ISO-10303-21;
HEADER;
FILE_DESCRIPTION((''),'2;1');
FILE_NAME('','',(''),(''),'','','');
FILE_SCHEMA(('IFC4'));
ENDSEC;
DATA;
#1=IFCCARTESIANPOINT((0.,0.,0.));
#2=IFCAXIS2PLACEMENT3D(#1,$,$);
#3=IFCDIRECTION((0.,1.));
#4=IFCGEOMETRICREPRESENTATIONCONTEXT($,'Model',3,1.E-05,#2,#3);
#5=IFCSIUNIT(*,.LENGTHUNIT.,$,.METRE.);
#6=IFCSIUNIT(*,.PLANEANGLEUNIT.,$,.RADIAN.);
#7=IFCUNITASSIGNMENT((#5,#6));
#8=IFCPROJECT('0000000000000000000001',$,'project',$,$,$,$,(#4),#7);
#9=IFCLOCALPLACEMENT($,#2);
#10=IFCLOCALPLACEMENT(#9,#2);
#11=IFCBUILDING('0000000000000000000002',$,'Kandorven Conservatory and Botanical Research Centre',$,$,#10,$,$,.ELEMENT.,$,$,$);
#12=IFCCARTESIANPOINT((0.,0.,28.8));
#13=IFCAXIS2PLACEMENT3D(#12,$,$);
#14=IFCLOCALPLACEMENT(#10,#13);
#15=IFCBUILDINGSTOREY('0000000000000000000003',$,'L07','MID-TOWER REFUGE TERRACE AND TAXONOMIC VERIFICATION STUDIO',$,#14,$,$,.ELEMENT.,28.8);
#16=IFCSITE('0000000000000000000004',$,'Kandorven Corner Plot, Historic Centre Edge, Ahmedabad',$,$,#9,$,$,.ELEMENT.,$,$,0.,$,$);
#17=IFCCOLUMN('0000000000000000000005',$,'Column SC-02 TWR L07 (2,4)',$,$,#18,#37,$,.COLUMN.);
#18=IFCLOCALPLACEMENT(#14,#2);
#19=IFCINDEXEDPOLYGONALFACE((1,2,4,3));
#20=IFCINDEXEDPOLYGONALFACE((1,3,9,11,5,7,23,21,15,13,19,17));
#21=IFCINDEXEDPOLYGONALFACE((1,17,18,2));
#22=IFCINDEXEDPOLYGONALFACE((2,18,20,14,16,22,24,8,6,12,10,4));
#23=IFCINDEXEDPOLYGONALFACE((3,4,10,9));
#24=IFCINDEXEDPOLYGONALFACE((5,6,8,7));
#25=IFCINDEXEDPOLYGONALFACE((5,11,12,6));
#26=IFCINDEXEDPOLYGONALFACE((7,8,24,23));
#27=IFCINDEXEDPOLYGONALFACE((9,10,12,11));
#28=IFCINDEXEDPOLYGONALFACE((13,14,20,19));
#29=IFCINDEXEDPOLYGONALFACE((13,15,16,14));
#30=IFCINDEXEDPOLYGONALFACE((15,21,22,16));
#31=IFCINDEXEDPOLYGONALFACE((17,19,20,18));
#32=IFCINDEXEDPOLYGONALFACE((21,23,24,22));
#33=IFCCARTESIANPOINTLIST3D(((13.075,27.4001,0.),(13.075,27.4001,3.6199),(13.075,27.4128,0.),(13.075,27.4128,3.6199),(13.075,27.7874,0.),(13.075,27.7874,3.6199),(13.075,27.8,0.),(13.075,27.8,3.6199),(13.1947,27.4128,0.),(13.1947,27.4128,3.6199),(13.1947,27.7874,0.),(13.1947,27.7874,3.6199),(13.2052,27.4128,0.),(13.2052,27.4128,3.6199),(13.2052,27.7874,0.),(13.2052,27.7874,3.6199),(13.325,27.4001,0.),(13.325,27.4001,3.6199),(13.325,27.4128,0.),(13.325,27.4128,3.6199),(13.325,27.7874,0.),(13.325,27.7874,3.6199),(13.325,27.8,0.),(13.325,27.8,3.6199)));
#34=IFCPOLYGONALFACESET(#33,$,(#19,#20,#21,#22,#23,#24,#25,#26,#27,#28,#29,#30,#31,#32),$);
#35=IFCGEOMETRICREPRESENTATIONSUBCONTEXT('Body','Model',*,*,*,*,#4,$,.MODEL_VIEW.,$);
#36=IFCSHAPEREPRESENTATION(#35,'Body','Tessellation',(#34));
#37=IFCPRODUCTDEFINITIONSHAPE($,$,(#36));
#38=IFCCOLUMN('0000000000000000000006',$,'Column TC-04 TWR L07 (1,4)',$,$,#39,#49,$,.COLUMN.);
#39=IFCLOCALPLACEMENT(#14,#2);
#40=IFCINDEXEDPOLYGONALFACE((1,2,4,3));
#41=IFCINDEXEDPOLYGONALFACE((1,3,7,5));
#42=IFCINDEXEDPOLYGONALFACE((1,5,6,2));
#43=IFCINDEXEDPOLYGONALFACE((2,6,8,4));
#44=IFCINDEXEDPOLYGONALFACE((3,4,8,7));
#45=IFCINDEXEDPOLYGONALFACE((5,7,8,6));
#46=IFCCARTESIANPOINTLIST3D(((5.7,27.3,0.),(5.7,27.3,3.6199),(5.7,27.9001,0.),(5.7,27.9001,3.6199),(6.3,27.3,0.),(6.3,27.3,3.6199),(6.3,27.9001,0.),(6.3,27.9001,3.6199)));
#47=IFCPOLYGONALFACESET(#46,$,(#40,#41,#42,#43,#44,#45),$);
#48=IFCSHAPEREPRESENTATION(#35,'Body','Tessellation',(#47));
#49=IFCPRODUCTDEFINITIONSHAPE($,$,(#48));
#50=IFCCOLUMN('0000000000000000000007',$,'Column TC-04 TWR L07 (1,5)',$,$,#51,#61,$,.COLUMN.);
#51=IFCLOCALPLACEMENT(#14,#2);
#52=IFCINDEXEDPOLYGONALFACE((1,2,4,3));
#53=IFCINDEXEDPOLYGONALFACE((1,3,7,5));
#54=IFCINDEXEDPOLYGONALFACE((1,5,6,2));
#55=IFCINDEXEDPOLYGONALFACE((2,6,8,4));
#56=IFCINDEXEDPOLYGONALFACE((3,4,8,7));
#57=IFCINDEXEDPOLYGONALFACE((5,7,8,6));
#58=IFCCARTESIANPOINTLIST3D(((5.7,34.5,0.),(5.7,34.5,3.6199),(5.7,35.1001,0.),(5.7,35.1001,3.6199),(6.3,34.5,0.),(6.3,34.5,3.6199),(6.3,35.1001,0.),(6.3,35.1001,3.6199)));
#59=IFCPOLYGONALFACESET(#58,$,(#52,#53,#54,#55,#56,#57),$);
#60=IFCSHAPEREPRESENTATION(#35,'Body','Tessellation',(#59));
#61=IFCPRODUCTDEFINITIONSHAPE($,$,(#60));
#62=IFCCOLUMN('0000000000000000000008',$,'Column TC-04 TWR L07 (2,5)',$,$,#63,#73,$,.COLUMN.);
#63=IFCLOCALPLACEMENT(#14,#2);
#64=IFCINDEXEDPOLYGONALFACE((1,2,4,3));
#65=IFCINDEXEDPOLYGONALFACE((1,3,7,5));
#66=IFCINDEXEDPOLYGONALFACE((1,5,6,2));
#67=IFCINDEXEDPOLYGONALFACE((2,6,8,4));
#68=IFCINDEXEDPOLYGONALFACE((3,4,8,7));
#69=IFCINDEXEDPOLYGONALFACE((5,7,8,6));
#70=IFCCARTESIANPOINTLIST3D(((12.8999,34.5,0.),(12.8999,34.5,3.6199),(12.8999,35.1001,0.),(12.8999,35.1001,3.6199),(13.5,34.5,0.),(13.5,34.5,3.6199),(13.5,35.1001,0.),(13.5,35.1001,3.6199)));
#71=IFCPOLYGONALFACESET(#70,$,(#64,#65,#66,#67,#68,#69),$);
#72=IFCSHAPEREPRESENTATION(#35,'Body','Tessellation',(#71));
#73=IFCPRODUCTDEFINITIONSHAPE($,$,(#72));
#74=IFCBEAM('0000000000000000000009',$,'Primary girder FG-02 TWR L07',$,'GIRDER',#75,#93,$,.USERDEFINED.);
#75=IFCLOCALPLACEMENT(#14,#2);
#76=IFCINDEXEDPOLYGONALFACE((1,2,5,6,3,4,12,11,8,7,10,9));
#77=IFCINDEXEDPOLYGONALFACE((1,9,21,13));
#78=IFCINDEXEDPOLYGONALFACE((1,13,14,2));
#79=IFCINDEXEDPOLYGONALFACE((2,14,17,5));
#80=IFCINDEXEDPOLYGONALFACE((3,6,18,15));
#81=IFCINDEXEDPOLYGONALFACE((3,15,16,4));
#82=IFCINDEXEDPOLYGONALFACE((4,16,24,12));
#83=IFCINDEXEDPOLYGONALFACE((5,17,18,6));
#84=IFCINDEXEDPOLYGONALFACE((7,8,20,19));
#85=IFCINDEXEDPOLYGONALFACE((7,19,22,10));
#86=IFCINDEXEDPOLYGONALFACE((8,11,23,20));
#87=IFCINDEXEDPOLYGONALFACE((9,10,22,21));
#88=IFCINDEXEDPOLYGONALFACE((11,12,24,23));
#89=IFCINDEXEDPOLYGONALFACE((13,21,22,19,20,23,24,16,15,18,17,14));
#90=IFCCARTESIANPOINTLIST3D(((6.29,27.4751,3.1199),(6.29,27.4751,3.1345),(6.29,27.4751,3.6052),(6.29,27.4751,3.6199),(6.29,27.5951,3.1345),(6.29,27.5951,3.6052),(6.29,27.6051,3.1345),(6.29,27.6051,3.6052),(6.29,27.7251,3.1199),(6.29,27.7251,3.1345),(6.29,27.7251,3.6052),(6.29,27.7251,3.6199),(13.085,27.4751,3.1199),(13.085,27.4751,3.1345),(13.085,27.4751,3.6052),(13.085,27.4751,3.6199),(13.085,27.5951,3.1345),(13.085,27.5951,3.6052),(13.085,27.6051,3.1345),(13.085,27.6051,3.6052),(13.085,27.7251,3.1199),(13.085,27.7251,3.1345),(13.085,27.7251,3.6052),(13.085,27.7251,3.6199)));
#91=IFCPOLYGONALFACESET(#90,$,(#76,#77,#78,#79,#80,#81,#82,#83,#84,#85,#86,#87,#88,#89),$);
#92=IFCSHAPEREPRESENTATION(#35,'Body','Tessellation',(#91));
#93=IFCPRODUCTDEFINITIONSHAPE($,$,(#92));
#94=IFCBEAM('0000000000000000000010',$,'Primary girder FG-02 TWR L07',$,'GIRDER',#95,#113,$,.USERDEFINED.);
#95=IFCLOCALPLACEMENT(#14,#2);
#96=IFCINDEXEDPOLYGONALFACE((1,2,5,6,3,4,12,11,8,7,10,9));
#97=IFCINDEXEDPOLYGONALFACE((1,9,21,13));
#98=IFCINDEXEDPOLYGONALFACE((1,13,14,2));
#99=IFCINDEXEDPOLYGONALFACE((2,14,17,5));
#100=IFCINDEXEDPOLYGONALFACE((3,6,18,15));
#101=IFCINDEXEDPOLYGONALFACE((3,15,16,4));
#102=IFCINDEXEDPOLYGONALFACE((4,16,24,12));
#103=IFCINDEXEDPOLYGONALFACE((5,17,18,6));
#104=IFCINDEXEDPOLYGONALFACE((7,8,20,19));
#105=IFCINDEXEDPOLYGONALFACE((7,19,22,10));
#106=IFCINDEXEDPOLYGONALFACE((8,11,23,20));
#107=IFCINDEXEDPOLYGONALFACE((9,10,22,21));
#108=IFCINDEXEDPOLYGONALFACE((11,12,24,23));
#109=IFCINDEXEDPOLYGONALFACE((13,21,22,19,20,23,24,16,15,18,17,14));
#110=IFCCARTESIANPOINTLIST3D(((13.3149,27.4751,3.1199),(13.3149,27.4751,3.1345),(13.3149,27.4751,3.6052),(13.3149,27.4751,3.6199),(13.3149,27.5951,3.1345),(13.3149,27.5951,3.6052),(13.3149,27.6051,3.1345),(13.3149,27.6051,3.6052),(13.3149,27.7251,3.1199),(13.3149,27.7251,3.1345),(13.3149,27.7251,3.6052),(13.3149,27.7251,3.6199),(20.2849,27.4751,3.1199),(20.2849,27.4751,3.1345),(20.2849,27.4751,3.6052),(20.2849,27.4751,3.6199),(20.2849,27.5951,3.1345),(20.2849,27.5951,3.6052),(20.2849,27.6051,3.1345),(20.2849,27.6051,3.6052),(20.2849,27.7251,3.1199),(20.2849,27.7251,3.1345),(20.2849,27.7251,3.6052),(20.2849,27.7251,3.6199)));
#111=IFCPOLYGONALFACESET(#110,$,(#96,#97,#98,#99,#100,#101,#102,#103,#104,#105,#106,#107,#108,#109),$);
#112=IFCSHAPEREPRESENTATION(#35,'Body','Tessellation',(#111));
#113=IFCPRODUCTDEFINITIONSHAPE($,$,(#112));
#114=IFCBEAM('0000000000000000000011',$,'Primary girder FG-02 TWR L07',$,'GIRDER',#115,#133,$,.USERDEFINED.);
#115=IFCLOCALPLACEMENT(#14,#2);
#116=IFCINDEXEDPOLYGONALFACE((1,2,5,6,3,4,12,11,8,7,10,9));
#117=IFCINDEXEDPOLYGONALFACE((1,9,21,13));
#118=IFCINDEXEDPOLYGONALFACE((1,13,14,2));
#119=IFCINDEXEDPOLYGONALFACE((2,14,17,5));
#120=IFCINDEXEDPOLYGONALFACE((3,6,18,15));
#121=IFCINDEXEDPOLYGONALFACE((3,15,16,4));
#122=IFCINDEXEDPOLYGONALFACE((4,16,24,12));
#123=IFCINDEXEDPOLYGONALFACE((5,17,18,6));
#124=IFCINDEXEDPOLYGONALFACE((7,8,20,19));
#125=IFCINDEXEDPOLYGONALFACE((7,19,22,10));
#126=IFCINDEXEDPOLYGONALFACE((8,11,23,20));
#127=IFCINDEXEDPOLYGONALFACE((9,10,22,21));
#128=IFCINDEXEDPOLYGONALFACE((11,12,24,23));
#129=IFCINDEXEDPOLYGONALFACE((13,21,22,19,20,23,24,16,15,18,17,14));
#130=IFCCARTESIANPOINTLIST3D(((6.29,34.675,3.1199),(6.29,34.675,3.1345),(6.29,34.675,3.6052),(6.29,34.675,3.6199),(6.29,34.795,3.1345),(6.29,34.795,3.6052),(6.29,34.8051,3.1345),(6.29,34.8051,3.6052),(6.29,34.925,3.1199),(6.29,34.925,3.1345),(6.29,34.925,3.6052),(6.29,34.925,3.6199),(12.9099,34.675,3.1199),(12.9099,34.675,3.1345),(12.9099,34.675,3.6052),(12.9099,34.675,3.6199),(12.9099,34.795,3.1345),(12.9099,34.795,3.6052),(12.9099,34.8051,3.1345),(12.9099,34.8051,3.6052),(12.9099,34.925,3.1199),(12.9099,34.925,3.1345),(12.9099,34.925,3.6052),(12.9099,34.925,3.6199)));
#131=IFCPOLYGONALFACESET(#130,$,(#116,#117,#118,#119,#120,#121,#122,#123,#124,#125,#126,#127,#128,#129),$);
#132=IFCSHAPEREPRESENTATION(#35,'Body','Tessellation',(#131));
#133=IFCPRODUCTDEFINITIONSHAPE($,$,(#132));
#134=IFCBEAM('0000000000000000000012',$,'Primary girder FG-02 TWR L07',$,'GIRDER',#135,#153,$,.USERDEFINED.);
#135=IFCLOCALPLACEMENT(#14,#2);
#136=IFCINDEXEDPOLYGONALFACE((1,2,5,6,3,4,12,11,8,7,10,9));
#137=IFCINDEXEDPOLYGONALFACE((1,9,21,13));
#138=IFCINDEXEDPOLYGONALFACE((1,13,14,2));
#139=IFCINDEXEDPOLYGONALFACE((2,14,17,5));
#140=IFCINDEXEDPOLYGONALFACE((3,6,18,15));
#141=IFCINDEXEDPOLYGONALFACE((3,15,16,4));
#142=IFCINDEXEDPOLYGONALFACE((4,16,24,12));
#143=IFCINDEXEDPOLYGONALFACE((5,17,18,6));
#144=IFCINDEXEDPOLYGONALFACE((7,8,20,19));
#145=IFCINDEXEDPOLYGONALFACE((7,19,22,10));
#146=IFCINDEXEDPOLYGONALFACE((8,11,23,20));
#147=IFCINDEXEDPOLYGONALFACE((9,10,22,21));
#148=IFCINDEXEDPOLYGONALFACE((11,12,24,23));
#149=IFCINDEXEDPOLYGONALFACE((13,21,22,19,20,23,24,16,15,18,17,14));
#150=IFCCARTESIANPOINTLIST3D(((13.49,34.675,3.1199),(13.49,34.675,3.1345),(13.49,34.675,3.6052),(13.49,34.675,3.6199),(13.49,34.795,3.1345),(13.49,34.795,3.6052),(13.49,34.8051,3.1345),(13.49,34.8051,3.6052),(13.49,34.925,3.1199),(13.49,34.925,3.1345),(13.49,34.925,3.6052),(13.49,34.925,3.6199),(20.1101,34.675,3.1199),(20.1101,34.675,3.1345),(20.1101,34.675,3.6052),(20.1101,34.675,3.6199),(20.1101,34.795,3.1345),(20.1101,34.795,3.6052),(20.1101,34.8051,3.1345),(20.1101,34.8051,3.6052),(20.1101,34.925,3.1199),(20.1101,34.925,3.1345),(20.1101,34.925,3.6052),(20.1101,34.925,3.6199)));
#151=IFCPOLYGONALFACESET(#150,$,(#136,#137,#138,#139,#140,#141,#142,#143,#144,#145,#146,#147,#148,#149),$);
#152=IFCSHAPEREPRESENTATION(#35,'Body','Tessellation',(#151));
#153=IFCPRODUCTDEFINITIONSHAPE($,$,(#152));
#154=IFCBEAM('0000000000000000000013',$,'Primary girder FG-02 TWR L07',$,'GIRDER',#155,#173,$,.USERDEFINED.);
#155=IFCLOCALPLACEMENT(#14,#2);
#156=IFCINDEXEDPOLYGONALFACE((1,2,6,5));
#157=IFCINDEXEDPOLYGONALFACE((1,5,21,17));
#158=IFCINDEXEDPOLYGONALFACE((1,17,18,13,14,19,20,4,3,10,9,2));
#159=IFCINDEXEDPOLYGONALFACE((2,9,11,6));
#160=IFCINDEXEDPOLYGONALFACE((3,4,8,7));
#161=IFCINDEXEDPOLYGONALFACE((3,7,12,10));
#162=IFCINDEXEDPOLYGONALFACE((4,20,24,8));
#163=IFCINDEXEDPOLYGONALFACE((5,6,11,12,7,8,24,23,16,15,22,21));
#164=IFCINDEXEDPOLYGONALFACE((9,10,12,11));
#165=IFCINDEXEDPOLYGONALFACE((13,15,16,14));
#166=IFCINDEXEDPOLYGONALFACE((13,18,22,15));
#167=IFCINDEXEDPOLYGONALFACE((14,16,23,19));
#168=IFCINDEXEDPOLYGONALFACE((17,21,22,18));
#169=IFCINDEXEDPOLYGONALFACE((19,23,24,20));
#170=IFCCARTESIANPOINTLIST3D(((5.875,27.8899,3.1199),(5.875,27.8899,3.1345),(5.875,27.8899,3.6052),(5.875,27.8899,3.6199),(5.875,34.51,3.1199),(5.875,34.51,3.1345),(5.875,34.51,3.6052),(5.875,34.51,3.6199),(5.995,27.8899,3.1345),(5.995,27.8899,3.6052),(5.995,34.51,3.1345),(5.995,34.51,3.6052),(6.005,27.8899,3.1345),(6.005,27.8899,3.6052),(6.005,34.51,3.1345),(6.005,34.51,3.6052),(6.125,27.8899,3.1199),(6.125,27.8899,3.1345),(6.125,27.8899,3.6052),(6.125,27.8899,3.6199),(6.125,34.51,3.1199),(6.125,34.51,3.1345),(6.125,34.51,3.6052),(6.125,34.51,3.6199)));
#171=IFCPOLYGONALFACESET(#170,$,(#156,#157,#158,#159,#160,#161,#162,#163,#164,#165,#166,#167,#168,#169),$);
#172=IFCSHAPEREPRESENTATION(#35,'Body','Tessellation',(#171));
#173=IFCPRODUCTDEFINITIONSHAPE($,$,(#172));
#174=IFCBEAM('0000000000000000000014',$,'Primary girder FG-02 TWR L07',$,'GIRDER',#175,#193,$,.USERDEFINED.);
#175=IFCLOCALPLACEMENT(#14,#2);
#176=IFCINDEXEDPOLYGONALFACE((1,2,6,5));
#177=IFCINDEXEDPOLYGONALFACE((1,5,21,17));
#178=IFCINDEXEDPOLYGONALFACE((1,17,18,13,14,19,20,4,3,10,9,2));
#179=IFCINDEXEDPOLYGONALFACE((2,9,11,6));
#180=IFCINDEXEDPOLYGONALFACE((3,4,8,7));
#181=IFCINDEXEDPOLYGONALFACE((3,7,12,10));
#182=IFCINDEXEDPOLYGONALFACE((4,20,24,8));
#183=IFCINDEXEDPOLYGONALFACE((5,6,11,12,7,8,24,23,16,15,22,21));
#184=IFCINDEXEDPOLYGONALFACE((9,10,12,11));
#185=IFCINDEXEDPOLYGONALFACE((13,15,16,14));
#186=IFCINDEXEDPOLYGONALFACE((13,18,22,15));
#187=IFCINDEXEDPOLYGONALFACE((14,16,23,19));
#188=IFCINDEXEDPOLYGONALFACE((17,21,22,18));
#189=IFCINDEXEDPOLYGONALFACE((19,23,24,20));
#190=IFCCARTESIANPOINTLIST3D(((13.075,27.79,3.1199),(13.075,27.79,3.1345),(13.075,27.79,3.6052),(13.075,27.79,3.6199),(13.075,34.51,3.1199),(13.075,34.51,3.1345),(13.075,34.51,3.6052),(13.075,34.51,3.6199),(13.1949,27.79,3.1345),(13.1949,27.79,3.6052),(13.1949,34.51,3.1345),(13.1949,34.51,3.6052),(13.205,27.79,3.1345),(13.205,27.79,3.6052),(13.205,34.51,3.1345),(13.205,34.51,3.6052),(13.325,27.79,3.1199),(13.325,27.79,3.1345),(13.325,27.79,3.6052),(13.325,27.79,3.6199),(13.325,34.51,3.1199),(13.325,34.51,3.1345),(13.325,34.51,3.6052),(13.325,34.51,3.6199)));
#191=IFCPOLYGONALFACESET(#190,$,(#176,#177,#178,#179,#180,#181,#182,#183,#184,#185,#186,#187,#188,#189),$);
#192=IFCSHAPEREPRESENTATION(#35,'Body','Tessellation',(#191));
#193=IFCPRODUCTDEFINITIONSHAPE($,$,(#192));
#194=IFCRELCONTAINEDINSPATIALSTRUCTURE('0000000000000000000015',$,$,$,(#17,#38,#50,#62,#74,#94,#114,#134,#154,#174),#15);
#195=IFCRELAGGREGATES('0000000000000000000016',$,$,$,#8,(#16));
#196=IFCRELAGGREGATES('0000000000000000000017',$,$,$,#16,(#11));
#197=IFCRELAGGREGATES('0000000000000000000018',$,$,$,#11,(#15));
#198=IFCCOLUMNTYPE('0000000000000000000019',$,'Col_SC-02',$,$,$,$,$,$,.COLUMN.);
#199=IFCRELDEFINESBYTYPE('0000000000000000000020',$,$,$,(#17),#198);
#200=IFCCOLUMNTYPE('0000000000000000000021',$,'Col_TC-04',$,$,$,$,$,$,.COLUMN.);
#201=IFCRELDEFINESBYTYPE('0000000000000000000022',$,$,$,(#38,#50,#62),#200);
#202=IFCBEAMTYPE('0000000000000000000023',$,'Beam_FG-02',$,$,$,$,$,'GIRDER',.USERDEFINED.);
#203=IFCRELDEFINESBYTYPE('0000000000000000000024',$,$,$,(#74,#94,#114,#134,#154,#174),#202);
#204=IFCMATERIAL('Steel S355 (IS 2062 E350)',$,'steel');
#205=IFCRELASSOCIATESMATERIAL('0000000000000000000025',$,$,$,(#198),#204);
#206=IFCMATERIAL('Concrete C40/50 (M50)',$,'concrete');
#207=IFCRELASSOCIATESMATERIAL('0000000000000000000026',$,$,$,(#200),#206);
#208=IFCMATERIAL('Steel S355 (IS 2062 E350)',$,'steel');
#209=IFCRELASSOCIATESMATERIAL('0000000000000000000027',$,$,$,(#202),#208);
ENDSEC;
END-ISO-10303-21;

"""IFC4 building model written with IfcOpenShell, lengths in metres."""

from ifc_helpers import new_model, si_unit, direction, frame, origin, origin_2d, place, context, subcontext, project, spatial, rectangle, i_section, extrude, material, material_profile, profile_set, type_object, element, save


model = new_model("IFC4")

# Units and contexts
model_context = context("Model", 3, precision=1e-05, world=origin(), true_north=direction((0.0, 1.0)))
body_context = subcontext(model_context, "Body", "Model", "MODEL_VIEW")
ifc_project = project(units=[si_unit("LENGTHUNIT", "METRE"), si_unit("PLANEANGLEUNIT", "RADIAN")], contexts=[model_context])

# Site, building, storey
site_placement = place(None, origin())
site = spatial("IfcSite", under=ifc_project, at=site_placement, Name="Kandorven Corner Plot, Historic Centre Edge, Ahmedabad", CompositionType="ELEMENT", RefElevation=0.0)
building_placement = place(site_placement, origin())
building = spatial("IfcBuilding", under=site, at=building_placement, Name="Kandorven Conservatory and Botanical Research Centre", CompositionType="ELEMENT")
storey_placement = place(building_placement, frame((0.0, 0.0, 28.8)))
storey = spatial("IfcBuildingStorey", under=building, at=storey_placement, Name="L07", Description="MID-TOWER REFUGE TERRACE AND TAXONOMIC VERIFICATION STUDIO", CompositionType="ELEMENT", Elevation=28.8)

# Columns
ifc_material_1 = material(Name="Steel S355 (IS 2062 E350)", Category="steel")
ifc_material_profile_1 = material_profile(ifc_material_1, i_section(OverallWidth=0.25, OverallDepth=0.3999, WebThickness=0.0105, FlangeThickness=0.0127, at=origin_2d()))
ifc_profile_set_1 = profile_set([ifc_material_profile_1], Name="Steel S355 (IS 2062 E350)")
column_type_1 = type_object("IfcColumnType", Name="Col_SC-02", PredefinedType="COLUMN", material=ifc_profile_set_1)
column_placement = place(storey_placement, frame((13.2, 27.6001, 0.0), z_axis=(0.0, 0.0, 1.0), x_axis=(1.0, 0.0, 0.0)))
element("IfcColumn", 1, at=column_placement, inside=storey, type_object=column_type_1, Name="Column SC-02 TWR L07 (2,4)", PredefinedType="COLUMN", context=body_context, shape_type="SweptSolid", body=[
    extrude(i_section(OverallWidth=0.25, OverallDepth=0.3999, WebThickness=0.0105, FlangeThickness=0.0127, at=origin_2d()), origin(), (0.0, 0.0, 1.0), 3.6199),
])
ifc_material_2 = material(Name="Concrete C40/50 (M50)", Category="concrete")
ifc_material_profile_2 = material_profile(ifc_material_2, rectangle(XDim=0.6001, YDim=0.6001, at=origin_2d()))
ifc_profile_set_2 = profile_set([ifc_material_profile_2], Name="Concrete C40/50 (M50)")
column_type_2 = type_object("IfcColumnType", Name="Col_TC-04", PredefinedType="COLUMN", material=ifc_profile_set_2)
for number, where, z_axis, x_axis, name in (
    (2, (6.0, 27.6001, 0.0), (0.0, 0.0, 1.0), (1.0, 0.0, 0.0), "Column TC-04 TWR L07 (1,4)"),
    (3, (6.0, 34.8, 0.0), (0.0, 0.0, 1.0), (1.0, 0.0, 0.0), "Column TC-04 TWR L07 (1,5)"),
    (4, (13.2, 34.8, 0.0), (0.0, 0.0, 1.0), (1.0, 0.0, 0.0), "Column TC-04 TWR L07 (2,5)"),
):
    element("IfcColumn", number, at=place(storey_placement, frame(where, z_axis=z_axis, x_axis=x_axis)), inside=storey, type_object=column_type_2, Name=name, PredefinedType="COLUMN", context=body_context, shape_type="SweptSolid", body=[
        extrude(rectangle(XDim=0.6001, YDim=0.6001, at=origin_2d()), origin(), (0.0, 0.0, 1.0), 3.6199),
    ])

# Beams
ifc_material_3 = material(Name="Steel S355 (IS 2062 E350)", Category="steel")
ifc_material_profile_3 = material_profile(ifc_material_3, i_section(OverallWidth=0.25, OverallDepth=0.5, WebThickness=0.01, FlangeThickness=0.0146, at=origin_2d()))
ifc_profile_set_3 = profile_set([ifc_material_profile_3], Name="Steel S355 (IS 2062 E350)")
beam_type_1 = type_object("IfcBeamType", Name="Beam_FG-02", ElementType="GIRDER", PredefinedType="USERDEFINED", material=ifc_profile_set_3)
beam_1_placement = place(storey_placement, frame((6.29, 27.6001, 3.3699), z_axis=(1.0, 0.0, 0.0), x_axis=(0.0, 1.0, 0.0)))
element("IfcBeam", 5, at=beam_1_placement, inside=storey, type_object=beam_type_1, Name="Primary girder FG-02 TWR L07", ObjectType="GIRDER", PredefinedType="USERDEFINED", context=body_context, shape_type="SweptSolid", body=[
    extrude(i_section(OverallWidth=0.25, OverallDepth=0.5, WebThickness=0.01, FlangeThickness=0.0146, at=origin_2d()), origin(), (0.0, 0.0, 1.0), 6.7949),
])
beam_2_placement = place(storey_placement, frame((13.3149, 27.6001, 3.3699), z_axis=(1.0, 0.0, 0.0), x_axis=(0.0, 1.0, 0.0)))
element("IfcBeam", 6, at=beam_2_placement, inside=storey, type_object=beam_type_1, Name="Primary girder FG-02 TWR L07", ObjectType="GIRDER", PredefinedType="USERDEFINED", context=body_context, shape_type="SweptSolid", body=[
    extrude(i_section(OverallWidth=0.25, OverallDepth=0.5, WebThickness=0.01, FlangeThickness=0.0146, at=origin_2d()), origin(), (0.0, 0.0, 1.0), 6.97),
])
beam_3_placement = place(storey_placement, frame((6.29, 34.8, 3.3699), z_axis=(1.0, 0.0, 0.0), x_axis=(0.0, 1.0, 0.0)))
element("IfcBeam", 7, at=beam_3_placement, inside=storey, type_object=beam_type_1, Name="Primary girder FG-02 TWR L07", ObjectType="GIRDER", PredefinedType="USERDEFINED", context=body_context, shape_type="SweptSolid", body=[
    extrude(i_section(OverallWidth=0.25, OverallDepth=0.5, WebThickness=0.01, FlangeThickness=0.0146, at=origin_2d()), origin(), (0.0, 0.0, 1.0), 6.6199),
])
for number, where, z_axis, x_axis, name in (
    (8, (13.49, 34.8, 3.3699), (1.0, 0.0, 0.0), (0.0, 1.0, 0.0), "Primary girder FG-02 TWR L07"),
    (9, (6.0, 27.8899, 3.3699), (0.0, 1.0, 0.0), (-1.0, 0.0, 0.0), "Primary girder FG-02 TWR L07"),
):
    element("IfcBeam", number, at=place(storey_placement, frame(where, z_axis=z_axis, x_axis=x_axis)), inside=storey, type_object=beam_type_1, Name=name, ObjectType="GIRDER", PredefinedType="USERDEFINED", context=body_context, shape_type="SweptSolid", body=[
        extrude(i_section(OverallWidth=0.25, OverallDepth=0.5, WebThickness=0.01, FlangeThickness=0.0146, at=origin_2d()), origin(), (0.0, 0.0, 1.0), 6.6201),
    ])
beam_4_placement = place(storey_placement, frame((13.2, 27.79, 3.3699), z_axis=(0.0, 1.0, 0.0), x_axis=(-1.0, 0.0, 0.0)))
element("IfcBeam", 10, at=beam_4_placement, inside=storey, type_object=beam_type_1, Name="Primary girder FG-02 TWR L07", ObjectType="GIRDER", PredefinedType="USERDEFINED", context=body_context, shape_type="SweptSolid", body=[
    extrude(i_section(OverallWidth=0.25, OverallDepth=0.5, WebThickness=0.01, FlangeThickness=0.0146, at=origin_2d()), origin(), (0.0, 0.0, 1.0), 6.72),
])

save(model, "model.ifc")
